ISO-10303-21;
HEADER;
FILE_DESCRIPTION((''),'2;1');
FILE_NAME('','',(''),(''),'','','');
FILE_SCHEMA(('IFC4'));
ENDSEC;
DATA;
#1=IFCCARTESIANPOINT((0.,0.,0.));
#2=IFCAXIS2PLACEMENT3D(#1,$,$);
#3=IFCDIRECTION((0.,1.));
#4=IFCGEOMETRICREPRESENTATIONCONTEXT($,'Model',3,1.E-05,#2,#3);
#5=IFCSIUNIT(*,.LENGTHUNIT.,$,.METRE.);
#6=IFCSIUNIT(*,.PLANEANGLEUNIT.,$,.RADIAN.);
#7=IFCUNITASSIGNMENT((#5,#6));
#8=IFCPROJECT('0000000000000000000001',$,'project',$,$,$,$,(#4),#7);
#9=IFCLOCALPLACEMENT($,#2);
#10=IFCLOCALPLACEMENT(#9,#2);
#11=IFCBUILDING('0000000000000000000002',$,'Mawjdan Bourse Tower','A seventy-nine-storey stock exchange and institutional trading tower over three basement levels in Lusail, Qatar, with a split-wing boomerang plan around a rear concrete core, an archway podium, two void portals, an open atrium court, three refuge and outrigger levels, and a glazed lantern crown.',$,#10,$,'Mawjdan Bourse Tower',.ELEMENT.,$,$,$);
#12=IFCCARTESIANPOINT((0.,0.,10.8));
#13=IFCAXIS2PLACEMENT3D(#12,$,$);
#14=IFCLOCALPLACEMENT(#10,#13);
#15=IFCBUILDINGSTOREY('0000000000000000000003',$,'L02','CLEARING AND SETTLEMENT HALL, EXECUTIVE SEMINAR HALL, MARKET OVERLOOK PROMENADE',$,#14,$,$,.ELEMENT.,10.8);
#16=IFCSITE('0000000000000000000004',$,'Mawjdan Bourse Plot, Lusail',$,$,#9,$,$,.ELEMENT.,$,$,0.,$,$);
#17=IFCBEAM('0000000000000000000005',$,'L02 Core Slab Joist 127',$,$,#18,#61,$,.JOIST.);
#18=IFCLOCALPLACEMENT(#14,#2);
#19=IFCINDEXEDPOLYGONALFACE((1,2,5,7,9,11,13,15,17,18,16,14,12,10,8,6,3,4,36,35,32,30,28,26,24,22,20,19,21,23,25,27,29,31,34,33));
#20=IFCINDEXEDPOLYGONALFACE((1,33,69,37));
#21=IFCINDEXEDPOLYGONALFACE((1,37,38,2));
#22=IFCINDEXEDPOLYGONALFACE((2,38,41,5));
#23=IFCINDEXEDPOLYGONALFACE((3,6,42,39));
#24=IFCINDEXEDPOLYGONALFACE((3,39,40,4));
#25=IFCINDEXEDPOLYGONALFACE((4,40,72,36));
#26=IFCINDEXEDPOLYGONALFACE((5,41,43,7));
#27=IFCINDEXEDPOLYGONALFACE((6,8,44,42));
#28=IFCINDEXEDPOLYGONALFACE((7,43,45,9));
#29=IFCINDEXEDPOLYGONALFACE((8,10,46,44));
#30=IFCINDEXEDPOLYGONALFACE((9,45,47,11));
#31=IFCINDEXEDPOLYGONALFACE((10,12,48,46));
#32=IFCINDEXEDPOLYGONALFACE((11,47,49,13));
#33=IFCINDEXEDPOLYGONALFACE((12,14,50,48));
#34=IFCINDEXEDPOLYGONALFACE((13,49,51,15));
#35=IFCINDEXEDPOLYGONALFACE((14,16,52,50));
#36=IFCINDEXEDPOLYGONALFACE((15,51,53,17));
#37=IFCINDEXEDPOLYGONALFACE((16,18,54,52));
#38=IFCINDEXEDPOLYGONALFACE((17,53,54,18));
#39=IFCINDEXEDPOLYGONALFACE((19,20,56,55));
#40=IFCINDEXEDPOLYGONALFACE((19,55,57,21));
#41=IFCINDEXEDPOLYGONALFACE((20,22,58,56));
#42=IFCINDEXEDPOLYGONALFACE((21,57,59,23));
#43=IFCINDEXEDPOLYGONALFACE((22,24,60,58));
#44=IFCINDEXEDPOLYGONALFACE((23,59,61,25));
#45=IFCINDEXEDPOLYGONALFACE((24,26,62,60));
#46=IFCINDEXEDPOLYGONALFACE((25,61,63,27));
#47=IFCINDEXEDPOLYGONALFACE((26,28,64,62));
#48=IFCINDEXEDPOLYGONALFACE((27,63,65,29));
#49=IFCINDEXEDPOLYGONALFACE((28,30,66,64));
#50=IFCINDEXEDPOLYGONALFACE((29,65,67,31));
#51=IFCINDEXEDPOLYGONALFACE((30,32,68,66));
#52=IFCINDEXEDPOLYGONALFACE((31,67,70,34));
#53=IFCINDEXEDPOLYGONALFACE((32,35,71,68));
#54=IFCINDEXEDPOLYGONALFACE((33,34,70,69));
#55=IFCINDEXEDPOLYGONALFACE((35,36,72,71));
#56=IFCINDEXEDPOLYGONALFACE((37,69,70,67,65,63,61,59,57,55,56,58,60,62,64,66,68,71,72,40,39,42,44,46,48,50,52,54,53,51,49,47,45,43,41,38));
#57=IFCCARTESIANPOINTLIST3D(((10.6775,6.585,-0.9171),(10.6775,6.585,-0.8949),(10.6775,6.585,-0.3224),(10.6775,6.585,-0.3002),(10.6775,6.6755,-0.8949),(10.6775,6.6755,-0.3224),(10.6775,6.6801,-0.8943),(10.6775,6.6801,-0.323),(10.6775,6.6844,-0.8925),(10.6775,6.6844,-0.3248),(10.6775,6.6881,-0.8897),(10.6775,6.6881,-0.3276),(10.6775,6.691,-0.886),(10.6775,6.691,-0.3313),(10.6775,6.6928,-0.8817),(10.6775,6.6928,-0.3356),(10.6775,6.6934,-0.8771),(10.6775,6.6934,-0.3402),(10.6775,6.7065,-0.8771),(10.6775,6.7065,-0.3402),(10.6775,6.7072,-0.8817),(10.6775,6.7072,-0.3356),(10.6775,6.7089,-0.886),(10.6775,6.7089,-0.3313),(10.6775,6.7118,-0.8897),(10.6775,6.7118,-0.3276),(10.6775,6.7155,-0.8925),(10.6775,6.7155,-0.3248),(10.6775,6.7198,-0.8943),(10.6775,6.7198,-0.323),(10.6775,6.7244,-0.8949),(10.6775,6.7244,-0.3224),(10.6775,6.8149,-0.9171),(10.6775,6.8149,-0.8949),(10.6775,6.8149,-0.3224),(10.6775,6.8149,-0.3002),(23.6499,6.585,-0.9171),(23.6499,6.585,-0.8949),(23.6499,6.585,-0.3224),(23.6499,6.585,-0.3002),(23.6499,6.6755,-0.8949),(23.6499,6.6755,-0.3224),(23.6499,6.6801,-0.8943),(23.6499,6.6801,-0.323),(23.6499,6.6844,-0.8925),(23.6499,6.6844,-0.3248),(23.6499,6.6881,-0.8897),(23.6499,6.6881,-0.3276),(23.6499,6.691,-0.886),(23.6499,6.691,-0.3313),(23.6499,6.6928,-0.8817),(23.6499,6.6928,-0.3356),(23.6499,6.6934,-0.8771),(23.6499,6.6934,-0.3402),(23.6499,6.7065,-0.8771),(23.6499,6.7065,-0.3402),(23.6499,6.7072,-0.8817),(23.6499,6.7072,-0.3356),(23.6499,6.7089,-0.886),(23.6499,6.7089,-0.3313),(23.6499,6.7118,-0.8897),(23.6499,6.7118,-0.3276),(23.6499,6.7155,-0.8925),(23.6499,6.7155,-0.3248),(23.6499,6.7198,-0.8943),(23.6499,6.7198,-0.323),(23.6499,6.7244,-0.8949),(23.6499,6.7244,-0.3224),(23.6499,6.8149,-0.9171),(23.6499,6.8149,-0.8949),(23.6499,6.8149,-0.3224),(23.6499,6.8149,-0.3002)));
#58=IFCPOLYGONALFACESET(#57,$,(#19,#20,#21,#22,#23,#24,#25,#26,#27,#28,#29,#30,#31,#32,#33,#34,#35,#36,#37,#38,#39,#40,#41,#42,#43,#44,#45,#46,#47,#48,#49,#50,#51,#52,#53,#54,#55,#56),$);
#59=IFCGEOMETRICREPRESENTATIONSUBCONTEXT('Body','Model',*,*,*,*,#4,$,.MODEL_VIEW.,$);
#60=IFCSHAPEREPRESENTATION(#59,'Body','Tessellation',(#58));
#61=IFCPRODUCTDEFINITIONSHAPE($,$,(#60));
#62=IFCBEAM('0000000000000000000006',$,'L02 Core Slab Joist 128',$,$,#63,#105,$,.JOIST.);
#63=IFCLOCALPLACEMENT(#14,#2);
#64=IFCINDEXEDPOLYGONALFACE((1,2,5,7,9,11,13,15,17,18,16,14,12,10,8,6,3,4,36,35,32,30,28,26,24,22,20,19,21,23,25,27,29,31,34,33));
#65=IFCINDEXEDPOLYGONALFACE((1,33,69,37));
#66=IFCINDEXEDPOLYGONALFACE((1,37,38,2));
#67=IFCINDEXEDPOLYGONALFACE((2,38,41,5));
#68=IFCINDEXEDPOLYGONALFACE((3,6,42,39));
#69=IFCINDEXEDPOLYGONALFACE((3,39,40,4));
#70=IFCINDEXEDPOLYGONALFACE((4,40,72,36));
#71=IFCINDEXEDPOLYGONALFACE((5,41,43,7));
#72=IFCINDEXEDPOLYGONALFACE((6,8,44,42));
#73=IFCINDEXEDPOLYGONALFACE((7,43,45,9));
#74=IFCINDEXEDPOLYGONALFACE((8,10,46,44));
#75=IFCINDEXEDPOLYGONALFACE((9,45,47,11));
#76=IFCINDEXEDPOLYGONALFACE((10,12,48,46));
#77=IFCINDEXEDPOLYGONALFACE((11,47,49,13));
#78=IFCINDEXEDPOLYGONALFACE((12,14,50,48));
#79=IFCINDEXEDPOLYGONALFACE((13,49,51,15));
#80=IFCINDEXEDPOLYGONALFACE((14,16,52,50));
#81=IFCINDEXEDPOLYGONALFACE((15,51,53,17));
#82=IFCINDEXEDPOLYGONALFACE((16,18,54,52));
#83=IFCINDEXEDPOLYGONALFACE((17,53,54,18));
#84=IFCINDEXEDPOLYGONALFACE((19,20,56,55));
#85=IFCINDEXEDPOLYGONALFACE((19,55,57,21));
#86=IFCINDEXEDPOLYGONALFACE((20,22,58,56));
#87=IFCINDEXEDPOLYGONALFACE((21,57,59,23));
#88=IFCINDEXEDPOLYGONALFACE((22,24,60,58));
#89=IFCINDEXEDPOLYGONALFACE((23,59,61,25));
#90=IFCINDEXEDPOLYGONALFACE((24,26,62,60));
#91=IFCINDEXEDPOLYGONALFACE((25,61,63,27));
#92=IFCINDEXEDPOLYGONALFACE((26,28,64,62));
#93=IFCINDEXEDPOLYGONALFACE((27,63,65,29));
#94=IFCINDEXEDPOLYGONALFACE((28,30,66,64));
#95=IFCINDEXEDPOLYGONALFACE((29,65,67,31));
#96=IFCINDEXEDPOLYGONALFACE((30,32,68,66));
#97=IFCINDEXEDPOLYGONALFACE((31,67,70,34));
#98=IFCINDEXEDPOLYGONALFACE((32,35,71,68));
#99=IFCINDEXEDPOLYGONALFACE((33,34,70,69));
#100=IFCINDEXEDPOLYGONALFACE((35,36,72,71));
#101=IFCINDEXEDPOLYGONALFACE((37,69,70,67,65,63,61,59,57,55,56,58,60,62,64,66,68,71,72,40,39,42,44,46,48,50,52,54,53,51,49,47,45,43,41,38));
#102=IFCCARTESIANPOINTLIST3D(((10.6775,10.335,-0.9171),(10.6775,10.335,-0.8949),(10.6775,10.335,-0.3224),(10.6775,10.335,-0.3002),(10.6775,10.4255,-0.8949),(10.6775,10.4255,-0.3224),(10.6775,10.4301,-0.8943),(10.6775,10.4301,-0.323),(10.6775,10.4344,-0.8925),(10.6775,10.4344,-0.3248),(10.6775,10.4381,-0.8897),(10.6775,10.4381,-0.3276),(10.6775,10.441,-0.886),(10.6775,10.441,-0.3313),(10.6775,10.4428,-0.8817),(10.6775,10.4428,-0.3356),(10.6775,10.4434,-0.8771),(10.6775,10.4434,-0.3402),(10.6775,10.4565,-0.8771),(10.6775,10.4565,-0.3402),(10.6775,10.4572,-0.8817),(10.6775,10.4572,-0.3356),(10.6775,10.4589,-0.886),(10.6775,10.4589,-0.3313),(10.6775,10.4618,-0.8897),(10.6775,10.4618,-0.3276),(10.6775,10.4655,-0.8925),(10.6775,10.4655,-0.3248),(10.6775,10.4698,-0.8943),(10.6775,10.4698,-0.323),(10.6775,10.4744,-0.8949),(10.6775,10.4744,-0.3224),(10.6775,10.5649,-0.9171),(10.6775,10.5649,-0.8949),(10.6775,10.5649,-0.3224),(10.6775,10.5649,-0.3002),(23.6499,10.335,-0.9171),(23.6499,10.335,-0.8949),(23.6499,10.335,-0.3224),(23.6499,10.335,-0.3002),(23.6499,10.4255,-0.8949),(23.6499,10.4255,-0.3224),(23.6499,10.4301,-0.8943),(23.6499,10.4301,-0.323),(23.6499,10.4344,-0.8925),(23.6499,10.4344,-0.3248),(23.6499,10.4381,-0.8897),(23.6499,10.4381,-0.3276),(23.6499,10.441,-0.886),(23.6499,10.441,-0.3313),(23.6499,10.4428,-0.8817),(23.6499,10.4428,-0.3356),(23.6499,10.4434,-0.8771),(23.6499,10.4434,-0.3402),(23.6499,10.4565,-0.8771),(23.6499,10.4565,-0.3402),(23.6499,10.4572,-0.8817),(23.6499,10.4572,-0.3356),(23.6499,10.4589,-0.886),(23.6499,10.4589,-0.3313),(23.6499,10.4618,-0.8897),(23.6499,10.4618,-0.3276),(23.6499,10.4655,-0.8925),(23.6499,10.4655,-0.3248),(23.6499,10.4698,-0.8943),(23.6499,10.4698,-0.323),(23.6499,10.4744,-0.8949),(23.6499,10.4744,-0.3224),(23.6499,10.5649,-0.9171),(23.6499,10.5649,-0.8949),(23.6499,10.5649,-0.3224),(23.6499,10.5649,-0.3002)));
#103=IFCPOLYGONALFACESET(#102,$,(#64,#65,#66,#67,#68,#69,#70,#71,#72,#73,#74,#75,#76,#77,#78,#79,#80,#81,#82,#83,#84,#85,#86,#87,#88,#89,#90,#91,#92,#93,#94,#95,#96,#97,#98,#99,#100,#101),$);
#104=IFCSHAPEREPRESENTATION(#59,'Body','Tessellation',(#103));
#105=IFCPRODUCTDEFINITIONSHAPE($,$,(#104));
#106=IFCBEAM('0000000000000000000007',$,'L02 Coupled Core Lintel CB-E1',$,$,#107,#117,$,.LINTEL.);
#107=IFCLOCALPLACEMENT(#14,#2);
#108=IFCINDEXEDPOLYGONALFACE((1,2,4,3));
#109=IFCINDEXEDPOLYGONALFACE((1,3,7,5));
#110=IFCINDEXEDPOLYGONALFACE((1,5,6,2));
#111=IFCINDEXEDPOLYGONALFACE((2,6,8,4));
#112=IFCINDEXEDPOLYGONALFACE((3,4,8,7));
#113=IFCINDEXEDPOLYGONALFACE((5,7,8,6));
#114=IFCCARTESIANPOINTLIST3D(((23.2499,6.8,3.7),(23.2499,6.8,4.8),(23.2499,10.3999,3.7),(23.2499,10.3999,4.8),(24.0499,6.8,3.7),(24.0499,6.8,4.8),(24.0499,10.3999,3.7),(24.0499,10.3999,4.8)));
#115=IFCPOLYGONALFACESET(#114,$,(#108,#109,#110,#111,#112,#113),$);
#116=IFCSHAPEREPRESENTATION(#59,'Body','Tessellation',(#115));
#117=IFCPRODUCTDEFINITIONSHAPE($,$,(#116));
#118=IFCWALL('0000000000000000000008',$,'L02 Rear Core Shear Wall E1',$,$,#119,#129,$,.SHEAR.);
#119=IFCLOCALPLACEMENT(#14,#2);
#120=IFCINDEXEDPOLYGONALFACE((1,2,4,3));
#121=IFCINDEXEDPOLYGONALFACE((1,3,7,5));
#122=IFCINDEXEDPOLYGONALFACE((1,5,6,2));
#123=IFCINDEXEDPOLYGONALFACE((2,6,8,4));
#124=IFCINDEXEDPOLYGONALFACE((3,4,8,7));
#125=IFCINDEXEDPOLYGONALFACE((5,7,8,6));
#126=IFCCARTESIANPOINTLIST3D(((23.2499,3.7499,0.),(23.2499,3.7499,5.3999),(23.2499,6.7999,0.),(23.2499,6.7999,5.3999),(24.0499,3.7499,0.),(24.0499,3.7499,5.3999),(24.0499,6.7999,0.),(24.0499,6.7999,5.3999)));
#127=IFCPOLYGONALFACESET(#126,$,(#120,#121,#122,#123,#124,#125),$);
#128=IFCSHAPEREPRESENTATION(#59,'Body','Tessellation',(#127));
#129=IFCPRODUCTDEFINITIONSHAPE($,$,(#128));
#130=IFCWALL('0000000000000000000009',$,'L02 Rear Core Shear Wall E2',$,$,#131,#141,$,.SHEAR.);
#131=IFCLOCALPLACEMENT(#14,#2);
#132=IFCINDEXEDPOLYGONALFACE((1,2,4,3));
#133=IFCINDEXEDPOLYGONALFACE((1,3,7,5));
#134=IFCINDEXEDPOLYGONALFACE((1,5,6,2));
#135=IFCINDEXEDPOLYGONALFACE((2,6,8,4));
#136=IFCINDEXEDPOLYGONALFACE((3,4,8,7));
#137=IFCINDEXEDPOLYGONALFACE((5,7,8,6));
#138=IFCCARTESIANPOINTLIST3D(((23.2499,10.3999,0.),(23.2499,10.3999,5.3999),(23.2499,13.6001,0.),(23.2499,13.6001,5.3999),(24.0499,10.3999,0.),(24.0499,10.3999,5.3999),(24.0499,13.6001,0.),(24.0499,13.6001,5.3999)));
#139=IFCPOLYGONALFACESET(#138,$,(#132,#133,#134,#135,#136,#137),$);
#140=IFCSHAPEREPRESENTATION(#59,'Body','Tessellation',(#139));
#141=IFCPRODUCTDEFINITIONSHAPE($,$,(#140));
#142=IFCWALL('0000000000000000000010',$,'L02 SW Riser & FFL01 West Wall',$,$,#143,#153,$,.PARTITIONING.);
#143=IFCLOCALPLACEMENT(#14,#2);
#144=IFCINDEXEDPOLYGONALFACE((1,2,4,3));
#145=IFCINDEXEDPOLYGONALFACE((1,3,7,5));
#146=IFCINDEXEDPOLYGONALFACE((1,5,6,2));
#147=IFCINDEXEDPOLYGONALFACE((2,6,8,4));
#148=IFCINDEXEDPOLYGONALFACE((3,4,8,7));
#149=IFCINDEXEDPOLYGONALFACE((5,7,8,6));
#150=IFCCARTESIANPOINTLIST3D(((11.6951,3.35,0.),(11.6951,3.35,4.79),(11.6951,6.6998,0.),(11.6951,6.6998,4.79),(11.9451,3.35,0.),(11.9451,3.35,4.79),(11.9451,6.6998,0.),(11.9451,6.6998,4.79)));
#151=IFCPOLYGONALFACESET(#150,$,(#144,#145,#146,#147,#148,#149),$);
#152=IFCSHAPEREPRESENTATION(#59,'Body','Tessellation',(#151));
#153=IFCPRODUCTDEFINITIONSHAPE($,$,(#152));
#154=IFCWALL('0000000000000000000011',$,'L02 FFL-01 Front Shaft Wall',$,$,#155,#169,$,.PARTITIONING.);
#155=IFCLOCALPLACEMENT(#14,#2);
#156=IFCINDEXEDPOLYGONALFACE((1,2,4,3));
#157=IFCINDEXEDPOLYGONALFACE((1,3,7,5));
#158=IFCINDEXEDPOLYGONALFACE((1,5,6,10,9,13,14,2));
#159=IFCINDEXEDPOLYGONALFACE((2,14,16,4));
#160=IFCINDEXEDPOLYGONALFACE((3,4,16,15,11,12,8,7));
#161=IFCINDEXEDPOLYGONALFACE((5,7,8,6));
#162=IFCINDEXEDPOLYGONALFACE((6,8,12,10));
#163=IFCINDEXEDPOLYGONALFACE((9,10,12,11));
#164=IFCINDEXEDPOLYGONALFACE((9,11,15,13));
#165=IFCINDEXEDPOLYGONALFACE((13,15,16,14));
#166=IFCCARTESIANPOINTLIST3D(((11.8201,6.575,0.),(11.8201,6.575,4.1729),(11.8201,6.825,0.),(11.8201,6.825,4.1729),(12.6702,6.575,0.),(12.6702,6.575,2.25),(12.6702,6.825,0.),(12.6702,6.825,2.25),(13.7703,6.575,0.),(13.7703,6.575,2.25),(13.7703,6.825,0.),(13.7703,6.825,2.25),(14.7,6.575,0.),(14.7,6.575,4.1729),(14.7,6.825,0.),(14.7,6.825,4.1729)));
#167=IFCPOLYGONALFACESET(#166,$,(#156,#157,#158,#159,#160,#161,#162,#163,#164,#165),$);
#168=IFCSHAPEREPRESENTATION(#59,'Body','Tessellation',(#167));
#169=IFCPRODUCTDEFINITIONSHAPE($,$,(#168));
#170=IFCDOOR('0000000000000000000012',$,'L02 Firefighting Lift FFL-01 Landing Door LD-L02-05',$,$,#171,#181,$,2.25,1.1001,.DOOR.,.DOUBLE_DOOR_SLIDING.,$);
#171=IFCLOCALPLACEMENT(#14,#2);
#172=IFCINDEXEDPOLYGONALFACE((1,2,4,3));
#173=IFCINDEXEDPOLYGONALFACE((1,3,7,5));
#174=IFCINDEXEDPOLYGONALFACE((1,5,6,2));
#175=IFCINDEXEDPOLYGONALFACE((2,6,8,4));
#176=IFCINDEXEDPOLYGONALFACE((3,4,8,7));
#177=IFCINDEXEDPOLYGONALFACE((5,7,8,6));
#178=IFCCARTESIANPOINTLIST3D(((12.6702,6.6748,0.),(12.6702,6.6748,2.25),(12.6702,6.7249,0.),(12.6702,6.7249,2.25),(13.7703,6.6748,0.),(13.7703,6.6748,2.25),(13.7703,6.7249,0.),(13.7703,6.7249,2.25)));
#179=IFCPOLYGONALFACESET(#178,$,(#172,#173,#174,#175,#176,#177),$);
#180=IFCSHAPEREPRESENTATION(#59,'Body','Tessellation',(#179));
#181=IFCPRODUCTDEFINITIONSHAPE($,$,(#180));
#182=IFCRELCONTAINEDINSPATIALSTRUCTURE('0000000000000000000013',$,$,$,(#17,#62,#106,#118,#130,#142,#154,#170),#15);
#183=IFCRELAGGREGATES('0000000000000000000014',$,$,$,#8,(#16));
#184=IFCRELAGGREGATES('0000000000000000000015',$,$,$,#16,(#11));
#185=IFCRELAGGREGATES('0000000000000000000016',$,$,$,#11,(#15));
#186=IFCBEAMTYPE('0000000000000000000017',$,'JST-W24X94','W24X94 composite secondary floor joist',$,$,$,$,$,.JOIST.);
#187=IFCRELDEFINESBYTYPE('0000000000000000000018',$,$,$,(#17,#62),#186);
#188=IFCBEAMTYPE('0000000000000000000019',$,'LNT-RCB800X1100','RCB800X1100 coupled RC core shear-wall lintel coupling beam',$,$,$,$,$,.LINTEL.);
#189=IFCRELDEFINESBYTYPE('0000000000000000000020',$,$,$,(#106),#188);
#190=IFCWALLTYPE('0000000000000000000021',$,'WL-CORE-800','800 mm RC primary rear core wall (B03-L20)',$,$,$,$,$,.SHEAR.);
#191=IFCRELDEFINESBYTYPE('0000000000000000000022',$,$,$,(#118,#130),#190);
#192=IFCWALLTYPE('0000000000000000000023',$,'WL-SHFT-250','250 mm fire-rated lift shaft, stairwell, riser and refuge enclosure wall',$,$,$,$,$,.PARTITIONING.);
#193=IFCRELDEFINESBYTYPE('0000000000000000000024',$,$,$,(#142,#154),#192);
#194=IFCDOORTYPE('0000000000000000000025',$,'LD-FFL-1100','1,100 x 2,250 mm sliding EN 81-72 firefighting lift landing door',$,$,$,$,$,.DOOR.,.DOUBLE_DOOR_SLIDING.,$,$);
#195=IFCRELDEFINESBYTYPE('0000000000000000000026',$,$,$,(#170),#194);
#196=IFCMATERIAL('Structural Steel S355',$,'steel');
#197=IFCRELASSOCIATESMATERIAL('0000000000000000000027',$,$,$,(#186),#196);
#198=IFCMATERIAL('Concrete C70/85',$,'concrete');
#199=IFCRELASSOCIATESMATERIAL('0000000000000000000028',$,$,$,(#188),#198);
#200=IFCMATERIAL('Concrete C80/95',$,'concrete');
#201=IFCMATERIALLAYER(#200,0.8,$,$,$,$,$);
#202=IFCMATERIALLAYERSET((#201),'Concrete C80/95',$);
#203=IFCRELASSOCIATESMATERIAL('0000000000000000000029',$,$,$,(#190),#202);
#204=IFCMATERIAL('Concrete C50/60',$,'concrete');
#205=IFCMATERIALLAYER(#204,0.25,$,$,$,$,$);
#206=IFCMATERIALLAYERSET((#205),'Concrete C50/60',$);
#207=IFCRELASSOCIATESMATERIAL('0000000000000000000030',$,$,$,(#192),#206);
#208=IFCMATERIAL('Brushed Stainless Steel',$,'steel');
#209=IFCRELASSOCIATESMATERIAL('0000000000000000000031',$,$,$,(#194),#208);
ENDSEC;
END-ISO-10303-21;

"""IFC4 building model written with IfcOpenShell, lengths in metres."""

from ifc_helpers import new_model, si_unit, direction, frame, frame_2d, origin, origin_2d, place, context, subcontext, project, spatial, rectangle, i_section, extrude, material, layer, layer_set, material_profile, profile_set, type_object, element, fill, save


model = new_model("IFC4")

# Units and contexts
model_context = context("Model", 3, precision=1e-05, world=origin(), true_north=direction((0.0, 1.0)))
body_context = subcontext(model_context, "Body", "Model", "MODEL_VIEW")
ifc_project = project(units=[si_unit("LENGTHUNIT", "METRE"), si_unit("PLANEANGLEUNIT", "RADIAN")], contexts=[model_context])

# Site, building, storey
site_placement = place(None, origin())
site = spatial("IfcSite", under=ifc_project, at=site_placement, Name="Mawjdan Bourse Plot, Lusail", CompositionType="ELEMENT", RefElevation=0.0)
building_placement = place(site_placement, origin())
building = spatial("IfcBuilding", under=site, at=building_placement, Name="Mawjdan Bourse Tower", Description="A seventy-nine-storey stock exchange and institutional trading tower over three basement levels in Lusail, Qatar, with a split-wing boomerang plan around a rear concrete core, an archway podium, two void portals, an open atrium court, three refuge and outrigger levels, and a glazed lantern crown.", LongName="Mawjdan Bourse Tower", CompositionType="ELEMENT")
storey_placement = place(building_placement, frame((0.0, 0.0, 10.8)))
storey = spatial("IfcBuildingStorey", under=building, at=storey_placement, Name="L02", Description="CLEARING AND SETTLEMENT HALL, EXECUTIVE SEMINAR HALL, MARKET OVERLOOK PROMENADE", CompositionType="ELEMENT", Elevation=10.8)

# Shared definitions
ifc_material_1 = material(Name="Concrete C80/95", Category="concrete")

# Beams
ifc_material_2 = material(Name="Structural Steel S355", Category="steel")
ifc_material_profile_1 = material_profile(ifc_material_2, i_section(OverallWidth=0.23, OverallDepth=0.6169, WebThickness=0.0132, FlangeThickness=0.0222, FilletRadius=0.0178, at=origin_2d()), Name="W24X94")
ifc_profile_set_1 = profile_set([ifc_material_profile_1], Name="Structural Steel S355")
beam_type_1 = type_object("IfcBeamType", Name="JST-W24X94", Description="W24X94 composite secondary floor joist", PredefinedType="JOIST", material=ifc_profile_set_1)
for number, where, z_axis, x_axis, name in (
    (1, (10.6775, 6.7, -0.6086), (1.0, 0.0, 0.0), (0.0, 1.0, 0.0), "L02 Core Slab Joist 127"),
    (2, (10.6775, 10.45, -0.6086), (1.0, 0.0, 0.0), (0.0, 1.0, 0.0), "L02 Core Slab Joist 128"),
):
    element("IfcBeam", number, at=place(storey_placement, frame(where, z_axis=z_axis, x_axis=x_axis)), inside=storey, type_object=beam_type_1, Name=name, PredefinedType="JOIST", context=body_context, shape_type="SweptSolid", body=[
        extrude(i_section(OverallWidth=0.23, OverallDepth=0.6169, WebThickness=0.0132, FlangeThickness=0.0222, FilletRadius=0.0178, at=origin_2d()), origin(), (0.0, 0.0, 1.0), 12.9724),
    ])
ifc_material_3 = material(Name="Concrete C70/85", Category="concrete")
ifc_material_profile_2 = material_profile(ifc_material_3, rectangle(XDim=0.8, YDim=1.1001, at=origin_2d()), Name="RCB800X1100")
ifc_profile_set_2 = profile_set([ifc_material_profile_2], Name="Concrete C70/85")
beam_type_2 = type_object("IfcBeamType", Name="LNT-RCB800X1100", Description="RCB800X1100 coupled RC core shear-wall lintel coupling beam", PredefinedType="LINTEL", material=ifc_profile_set_2)
beam_1_placement = place(storey_placement, frame((23.6499, 6.8, 4.25), z_axis=(0.0, 1.0, 0.0), x_axis=(-1.0, 0.0, 0.0)))
element("IfcBeam", 3, at=beam_1_placement, inside=storey, type_object=beam_type_2, Name="L02 Coupled Core Lintel CB-E1", PredefinedType="LINTEL", context=body_context, shape_type="SweptSolid", body=[
    extrude(rectangle(XDim=0.8, YDim=1.1001, at=origin_2d()), origin(), (0.0, 0.0, 1.0), 3.5999),
])

# Walls
ifc_layer_1 = layer(ifc_material_1, 0.8)
ifc_layer_set_1 = layer_set([ifc_layer_1], Name="Concrete C80/95")
wall_type_1 = type_object("IfcWallType", Name="WL-CORE-800", Description="800 mm RC primary rear core wall (B03-L20)", PredefinedType="SHEAR", material=ifc_layer_set_1)
wall_1_placement = place(storey_placement, frame((23.6499, 3.75, 0.0), z_axis=(0.0, 0.0, 1.0), x_axis=(0.0, 1.0, 0.0)))
element("IfcWall", 4, at=wall_1_placement, inside=storey, type_object=wall_type_1, Name="L02 Rear Core Shear Wall E1", PredefinedType="SHEAR", context=body_context, shape_type="SweptSolid", body=[
    extrude(rectangle(XDim=3.05, YDim=0.8, at=frame_2d((1.5249, 0.0))), origin(), (0.0, 0.0, 1.0), 5.3999),
])
wall_2_placement = place(storey_placement, frame((23.6499, 10.3999, 0.0), z_axis=(0.0, 0.0, 1.0), x_axis=(0.0, 1.0, 0.0)))
element("IfcWall", 5, at=wall_2_placement, inside=storey, type_object=wall_type_1, Name="L02 Rear Core Shear Wall E2", PredefinedType="SHEAR", context=body_context, shape_type="SweptSolid", body=[
    extrude(rectangle(XDim=3.2002, YDim=0.8, at=frame_2d((1.6001, 0.0))), origin(), (0.0, 0.0, 1.0), 5.3999),
])
ifc_material_4 = material(Name="Concrete C50/60", Category="concrete")
ifc_layer_2 = layer(ifc_material_4, 0.25)
ifc_layer_set_2 = layer_set([ifc_layer_2], Name="Concrete C50/60")
wall_type_2 = type_object("IfcWallType", Name="WL-SHFT-250", Description="250 mm fire-rated lift shaft, stairwell, riser and refuge enclosure wall", PredefinedType="PARTITIONING", material=ifc_layer_set_2)
wall_3_placement = place(storey_placement, frame((11.8201, 3.3501, 0.0), z_axis=(0.0, 0.0, 1.0), x_axis=(0.0, 1.0, 0.0)))
element("IfcWall", 6, at=wall_3_placement, inside=storey, type_object=wall_type_2, Name="L02 SW Riser & FFL01 West Wall", PredefinedType="PARTITIONING", context=body_context, shape_type="SweptSolid", body=[
    extrude(rectangle(XDim=3.3499, YDim=0.25, at=frame_2d((1.6748, 0.0))), origin(), (0.0, 0.0, 1.0), 4.79),
])

# Wall, opening, door
wall_4_placement = place(storey_placement, frame((11.8201, 6.7, 0.0), z_axis=(0.0, 0.0, 1.0), x_axis=(1.0, 0.0, 0.0)))
wall_4 = element("IfcWall", 7, at=wall_4_placement, inside=storey, type_object=wall_type_2, Name="L02 FFL-01 Front Shaft Wall", PredefinedType="PARTITIONING", context=body_context, shape_type="SweptSolid", body=[
    extrude(rectangle(XDim=2.8799, YDim=0.25, at=frame_2d((1.4399, 0.0))), origin(), (0.0, 0.0, 1.0), 4.1729),
])
opening_1_placement = place(wall_4_placement, frame((0.8501, 0.0, 0.0)))
opening_1 = element("IfcOpeningElement", 8, at=opening_1_placement, cuts=wall_4, PredefinedType="OPENING", context=body_context, shape_type="SweptSolid", body=[
    extrude(rectangle(XDim=1.1001, YDim=2.25, at=frame_2d((0.55, 1.125))), frame((0.0, 0.135, 0.0), z_axis=(0.0, -1.0, 0.0), x_axis=(1.0, 0.0, 0.0)), (0.0, 0.0, 1.0), 0.27),
])
ifc_material_5 = material(Name="Brushed Stainless Steel", Category="steel")
door_type_1 = type_object("IfcDoorType", Name="LD-FFL-1100", Description="1,100 x 2,250 mm sliding EN 81-72 firefighting lift landing door", OperationType="DOUBLE_DOOR_SLIDING", PredefinedType="DOOR", material=ifc_material_5)
door_1_placement = place(opening_1_placement, origin())
door_1 = element("IfcDoor", 9, at=door_1_placement, inside=storey, type_object=door_type_1, Name="L02 Firefighting Lift FFL-01 Landing Door LD-L02-05", OperationType="DOUBLE_DOOR_SLIDING", OverallHeight=2.25, OverallWidth=1.1001, PredefinedType="DOOR", context=body_context, shape_type="SweptSolid", body=[
    extrude(rectangle(XDim=1.1001, YDim=2.25, at=frame_2d((0.55, 1.125))), frame((0.0, 0.0249, 0.0), z_axis=(0.0, -1.0, 0.0), x_axis=(1.0, 0.0, 0.0)), (0.0, 0.0, 1.0), 0.05),
])
fill(opening_1, door_1)

save(model, "model.ifc")
